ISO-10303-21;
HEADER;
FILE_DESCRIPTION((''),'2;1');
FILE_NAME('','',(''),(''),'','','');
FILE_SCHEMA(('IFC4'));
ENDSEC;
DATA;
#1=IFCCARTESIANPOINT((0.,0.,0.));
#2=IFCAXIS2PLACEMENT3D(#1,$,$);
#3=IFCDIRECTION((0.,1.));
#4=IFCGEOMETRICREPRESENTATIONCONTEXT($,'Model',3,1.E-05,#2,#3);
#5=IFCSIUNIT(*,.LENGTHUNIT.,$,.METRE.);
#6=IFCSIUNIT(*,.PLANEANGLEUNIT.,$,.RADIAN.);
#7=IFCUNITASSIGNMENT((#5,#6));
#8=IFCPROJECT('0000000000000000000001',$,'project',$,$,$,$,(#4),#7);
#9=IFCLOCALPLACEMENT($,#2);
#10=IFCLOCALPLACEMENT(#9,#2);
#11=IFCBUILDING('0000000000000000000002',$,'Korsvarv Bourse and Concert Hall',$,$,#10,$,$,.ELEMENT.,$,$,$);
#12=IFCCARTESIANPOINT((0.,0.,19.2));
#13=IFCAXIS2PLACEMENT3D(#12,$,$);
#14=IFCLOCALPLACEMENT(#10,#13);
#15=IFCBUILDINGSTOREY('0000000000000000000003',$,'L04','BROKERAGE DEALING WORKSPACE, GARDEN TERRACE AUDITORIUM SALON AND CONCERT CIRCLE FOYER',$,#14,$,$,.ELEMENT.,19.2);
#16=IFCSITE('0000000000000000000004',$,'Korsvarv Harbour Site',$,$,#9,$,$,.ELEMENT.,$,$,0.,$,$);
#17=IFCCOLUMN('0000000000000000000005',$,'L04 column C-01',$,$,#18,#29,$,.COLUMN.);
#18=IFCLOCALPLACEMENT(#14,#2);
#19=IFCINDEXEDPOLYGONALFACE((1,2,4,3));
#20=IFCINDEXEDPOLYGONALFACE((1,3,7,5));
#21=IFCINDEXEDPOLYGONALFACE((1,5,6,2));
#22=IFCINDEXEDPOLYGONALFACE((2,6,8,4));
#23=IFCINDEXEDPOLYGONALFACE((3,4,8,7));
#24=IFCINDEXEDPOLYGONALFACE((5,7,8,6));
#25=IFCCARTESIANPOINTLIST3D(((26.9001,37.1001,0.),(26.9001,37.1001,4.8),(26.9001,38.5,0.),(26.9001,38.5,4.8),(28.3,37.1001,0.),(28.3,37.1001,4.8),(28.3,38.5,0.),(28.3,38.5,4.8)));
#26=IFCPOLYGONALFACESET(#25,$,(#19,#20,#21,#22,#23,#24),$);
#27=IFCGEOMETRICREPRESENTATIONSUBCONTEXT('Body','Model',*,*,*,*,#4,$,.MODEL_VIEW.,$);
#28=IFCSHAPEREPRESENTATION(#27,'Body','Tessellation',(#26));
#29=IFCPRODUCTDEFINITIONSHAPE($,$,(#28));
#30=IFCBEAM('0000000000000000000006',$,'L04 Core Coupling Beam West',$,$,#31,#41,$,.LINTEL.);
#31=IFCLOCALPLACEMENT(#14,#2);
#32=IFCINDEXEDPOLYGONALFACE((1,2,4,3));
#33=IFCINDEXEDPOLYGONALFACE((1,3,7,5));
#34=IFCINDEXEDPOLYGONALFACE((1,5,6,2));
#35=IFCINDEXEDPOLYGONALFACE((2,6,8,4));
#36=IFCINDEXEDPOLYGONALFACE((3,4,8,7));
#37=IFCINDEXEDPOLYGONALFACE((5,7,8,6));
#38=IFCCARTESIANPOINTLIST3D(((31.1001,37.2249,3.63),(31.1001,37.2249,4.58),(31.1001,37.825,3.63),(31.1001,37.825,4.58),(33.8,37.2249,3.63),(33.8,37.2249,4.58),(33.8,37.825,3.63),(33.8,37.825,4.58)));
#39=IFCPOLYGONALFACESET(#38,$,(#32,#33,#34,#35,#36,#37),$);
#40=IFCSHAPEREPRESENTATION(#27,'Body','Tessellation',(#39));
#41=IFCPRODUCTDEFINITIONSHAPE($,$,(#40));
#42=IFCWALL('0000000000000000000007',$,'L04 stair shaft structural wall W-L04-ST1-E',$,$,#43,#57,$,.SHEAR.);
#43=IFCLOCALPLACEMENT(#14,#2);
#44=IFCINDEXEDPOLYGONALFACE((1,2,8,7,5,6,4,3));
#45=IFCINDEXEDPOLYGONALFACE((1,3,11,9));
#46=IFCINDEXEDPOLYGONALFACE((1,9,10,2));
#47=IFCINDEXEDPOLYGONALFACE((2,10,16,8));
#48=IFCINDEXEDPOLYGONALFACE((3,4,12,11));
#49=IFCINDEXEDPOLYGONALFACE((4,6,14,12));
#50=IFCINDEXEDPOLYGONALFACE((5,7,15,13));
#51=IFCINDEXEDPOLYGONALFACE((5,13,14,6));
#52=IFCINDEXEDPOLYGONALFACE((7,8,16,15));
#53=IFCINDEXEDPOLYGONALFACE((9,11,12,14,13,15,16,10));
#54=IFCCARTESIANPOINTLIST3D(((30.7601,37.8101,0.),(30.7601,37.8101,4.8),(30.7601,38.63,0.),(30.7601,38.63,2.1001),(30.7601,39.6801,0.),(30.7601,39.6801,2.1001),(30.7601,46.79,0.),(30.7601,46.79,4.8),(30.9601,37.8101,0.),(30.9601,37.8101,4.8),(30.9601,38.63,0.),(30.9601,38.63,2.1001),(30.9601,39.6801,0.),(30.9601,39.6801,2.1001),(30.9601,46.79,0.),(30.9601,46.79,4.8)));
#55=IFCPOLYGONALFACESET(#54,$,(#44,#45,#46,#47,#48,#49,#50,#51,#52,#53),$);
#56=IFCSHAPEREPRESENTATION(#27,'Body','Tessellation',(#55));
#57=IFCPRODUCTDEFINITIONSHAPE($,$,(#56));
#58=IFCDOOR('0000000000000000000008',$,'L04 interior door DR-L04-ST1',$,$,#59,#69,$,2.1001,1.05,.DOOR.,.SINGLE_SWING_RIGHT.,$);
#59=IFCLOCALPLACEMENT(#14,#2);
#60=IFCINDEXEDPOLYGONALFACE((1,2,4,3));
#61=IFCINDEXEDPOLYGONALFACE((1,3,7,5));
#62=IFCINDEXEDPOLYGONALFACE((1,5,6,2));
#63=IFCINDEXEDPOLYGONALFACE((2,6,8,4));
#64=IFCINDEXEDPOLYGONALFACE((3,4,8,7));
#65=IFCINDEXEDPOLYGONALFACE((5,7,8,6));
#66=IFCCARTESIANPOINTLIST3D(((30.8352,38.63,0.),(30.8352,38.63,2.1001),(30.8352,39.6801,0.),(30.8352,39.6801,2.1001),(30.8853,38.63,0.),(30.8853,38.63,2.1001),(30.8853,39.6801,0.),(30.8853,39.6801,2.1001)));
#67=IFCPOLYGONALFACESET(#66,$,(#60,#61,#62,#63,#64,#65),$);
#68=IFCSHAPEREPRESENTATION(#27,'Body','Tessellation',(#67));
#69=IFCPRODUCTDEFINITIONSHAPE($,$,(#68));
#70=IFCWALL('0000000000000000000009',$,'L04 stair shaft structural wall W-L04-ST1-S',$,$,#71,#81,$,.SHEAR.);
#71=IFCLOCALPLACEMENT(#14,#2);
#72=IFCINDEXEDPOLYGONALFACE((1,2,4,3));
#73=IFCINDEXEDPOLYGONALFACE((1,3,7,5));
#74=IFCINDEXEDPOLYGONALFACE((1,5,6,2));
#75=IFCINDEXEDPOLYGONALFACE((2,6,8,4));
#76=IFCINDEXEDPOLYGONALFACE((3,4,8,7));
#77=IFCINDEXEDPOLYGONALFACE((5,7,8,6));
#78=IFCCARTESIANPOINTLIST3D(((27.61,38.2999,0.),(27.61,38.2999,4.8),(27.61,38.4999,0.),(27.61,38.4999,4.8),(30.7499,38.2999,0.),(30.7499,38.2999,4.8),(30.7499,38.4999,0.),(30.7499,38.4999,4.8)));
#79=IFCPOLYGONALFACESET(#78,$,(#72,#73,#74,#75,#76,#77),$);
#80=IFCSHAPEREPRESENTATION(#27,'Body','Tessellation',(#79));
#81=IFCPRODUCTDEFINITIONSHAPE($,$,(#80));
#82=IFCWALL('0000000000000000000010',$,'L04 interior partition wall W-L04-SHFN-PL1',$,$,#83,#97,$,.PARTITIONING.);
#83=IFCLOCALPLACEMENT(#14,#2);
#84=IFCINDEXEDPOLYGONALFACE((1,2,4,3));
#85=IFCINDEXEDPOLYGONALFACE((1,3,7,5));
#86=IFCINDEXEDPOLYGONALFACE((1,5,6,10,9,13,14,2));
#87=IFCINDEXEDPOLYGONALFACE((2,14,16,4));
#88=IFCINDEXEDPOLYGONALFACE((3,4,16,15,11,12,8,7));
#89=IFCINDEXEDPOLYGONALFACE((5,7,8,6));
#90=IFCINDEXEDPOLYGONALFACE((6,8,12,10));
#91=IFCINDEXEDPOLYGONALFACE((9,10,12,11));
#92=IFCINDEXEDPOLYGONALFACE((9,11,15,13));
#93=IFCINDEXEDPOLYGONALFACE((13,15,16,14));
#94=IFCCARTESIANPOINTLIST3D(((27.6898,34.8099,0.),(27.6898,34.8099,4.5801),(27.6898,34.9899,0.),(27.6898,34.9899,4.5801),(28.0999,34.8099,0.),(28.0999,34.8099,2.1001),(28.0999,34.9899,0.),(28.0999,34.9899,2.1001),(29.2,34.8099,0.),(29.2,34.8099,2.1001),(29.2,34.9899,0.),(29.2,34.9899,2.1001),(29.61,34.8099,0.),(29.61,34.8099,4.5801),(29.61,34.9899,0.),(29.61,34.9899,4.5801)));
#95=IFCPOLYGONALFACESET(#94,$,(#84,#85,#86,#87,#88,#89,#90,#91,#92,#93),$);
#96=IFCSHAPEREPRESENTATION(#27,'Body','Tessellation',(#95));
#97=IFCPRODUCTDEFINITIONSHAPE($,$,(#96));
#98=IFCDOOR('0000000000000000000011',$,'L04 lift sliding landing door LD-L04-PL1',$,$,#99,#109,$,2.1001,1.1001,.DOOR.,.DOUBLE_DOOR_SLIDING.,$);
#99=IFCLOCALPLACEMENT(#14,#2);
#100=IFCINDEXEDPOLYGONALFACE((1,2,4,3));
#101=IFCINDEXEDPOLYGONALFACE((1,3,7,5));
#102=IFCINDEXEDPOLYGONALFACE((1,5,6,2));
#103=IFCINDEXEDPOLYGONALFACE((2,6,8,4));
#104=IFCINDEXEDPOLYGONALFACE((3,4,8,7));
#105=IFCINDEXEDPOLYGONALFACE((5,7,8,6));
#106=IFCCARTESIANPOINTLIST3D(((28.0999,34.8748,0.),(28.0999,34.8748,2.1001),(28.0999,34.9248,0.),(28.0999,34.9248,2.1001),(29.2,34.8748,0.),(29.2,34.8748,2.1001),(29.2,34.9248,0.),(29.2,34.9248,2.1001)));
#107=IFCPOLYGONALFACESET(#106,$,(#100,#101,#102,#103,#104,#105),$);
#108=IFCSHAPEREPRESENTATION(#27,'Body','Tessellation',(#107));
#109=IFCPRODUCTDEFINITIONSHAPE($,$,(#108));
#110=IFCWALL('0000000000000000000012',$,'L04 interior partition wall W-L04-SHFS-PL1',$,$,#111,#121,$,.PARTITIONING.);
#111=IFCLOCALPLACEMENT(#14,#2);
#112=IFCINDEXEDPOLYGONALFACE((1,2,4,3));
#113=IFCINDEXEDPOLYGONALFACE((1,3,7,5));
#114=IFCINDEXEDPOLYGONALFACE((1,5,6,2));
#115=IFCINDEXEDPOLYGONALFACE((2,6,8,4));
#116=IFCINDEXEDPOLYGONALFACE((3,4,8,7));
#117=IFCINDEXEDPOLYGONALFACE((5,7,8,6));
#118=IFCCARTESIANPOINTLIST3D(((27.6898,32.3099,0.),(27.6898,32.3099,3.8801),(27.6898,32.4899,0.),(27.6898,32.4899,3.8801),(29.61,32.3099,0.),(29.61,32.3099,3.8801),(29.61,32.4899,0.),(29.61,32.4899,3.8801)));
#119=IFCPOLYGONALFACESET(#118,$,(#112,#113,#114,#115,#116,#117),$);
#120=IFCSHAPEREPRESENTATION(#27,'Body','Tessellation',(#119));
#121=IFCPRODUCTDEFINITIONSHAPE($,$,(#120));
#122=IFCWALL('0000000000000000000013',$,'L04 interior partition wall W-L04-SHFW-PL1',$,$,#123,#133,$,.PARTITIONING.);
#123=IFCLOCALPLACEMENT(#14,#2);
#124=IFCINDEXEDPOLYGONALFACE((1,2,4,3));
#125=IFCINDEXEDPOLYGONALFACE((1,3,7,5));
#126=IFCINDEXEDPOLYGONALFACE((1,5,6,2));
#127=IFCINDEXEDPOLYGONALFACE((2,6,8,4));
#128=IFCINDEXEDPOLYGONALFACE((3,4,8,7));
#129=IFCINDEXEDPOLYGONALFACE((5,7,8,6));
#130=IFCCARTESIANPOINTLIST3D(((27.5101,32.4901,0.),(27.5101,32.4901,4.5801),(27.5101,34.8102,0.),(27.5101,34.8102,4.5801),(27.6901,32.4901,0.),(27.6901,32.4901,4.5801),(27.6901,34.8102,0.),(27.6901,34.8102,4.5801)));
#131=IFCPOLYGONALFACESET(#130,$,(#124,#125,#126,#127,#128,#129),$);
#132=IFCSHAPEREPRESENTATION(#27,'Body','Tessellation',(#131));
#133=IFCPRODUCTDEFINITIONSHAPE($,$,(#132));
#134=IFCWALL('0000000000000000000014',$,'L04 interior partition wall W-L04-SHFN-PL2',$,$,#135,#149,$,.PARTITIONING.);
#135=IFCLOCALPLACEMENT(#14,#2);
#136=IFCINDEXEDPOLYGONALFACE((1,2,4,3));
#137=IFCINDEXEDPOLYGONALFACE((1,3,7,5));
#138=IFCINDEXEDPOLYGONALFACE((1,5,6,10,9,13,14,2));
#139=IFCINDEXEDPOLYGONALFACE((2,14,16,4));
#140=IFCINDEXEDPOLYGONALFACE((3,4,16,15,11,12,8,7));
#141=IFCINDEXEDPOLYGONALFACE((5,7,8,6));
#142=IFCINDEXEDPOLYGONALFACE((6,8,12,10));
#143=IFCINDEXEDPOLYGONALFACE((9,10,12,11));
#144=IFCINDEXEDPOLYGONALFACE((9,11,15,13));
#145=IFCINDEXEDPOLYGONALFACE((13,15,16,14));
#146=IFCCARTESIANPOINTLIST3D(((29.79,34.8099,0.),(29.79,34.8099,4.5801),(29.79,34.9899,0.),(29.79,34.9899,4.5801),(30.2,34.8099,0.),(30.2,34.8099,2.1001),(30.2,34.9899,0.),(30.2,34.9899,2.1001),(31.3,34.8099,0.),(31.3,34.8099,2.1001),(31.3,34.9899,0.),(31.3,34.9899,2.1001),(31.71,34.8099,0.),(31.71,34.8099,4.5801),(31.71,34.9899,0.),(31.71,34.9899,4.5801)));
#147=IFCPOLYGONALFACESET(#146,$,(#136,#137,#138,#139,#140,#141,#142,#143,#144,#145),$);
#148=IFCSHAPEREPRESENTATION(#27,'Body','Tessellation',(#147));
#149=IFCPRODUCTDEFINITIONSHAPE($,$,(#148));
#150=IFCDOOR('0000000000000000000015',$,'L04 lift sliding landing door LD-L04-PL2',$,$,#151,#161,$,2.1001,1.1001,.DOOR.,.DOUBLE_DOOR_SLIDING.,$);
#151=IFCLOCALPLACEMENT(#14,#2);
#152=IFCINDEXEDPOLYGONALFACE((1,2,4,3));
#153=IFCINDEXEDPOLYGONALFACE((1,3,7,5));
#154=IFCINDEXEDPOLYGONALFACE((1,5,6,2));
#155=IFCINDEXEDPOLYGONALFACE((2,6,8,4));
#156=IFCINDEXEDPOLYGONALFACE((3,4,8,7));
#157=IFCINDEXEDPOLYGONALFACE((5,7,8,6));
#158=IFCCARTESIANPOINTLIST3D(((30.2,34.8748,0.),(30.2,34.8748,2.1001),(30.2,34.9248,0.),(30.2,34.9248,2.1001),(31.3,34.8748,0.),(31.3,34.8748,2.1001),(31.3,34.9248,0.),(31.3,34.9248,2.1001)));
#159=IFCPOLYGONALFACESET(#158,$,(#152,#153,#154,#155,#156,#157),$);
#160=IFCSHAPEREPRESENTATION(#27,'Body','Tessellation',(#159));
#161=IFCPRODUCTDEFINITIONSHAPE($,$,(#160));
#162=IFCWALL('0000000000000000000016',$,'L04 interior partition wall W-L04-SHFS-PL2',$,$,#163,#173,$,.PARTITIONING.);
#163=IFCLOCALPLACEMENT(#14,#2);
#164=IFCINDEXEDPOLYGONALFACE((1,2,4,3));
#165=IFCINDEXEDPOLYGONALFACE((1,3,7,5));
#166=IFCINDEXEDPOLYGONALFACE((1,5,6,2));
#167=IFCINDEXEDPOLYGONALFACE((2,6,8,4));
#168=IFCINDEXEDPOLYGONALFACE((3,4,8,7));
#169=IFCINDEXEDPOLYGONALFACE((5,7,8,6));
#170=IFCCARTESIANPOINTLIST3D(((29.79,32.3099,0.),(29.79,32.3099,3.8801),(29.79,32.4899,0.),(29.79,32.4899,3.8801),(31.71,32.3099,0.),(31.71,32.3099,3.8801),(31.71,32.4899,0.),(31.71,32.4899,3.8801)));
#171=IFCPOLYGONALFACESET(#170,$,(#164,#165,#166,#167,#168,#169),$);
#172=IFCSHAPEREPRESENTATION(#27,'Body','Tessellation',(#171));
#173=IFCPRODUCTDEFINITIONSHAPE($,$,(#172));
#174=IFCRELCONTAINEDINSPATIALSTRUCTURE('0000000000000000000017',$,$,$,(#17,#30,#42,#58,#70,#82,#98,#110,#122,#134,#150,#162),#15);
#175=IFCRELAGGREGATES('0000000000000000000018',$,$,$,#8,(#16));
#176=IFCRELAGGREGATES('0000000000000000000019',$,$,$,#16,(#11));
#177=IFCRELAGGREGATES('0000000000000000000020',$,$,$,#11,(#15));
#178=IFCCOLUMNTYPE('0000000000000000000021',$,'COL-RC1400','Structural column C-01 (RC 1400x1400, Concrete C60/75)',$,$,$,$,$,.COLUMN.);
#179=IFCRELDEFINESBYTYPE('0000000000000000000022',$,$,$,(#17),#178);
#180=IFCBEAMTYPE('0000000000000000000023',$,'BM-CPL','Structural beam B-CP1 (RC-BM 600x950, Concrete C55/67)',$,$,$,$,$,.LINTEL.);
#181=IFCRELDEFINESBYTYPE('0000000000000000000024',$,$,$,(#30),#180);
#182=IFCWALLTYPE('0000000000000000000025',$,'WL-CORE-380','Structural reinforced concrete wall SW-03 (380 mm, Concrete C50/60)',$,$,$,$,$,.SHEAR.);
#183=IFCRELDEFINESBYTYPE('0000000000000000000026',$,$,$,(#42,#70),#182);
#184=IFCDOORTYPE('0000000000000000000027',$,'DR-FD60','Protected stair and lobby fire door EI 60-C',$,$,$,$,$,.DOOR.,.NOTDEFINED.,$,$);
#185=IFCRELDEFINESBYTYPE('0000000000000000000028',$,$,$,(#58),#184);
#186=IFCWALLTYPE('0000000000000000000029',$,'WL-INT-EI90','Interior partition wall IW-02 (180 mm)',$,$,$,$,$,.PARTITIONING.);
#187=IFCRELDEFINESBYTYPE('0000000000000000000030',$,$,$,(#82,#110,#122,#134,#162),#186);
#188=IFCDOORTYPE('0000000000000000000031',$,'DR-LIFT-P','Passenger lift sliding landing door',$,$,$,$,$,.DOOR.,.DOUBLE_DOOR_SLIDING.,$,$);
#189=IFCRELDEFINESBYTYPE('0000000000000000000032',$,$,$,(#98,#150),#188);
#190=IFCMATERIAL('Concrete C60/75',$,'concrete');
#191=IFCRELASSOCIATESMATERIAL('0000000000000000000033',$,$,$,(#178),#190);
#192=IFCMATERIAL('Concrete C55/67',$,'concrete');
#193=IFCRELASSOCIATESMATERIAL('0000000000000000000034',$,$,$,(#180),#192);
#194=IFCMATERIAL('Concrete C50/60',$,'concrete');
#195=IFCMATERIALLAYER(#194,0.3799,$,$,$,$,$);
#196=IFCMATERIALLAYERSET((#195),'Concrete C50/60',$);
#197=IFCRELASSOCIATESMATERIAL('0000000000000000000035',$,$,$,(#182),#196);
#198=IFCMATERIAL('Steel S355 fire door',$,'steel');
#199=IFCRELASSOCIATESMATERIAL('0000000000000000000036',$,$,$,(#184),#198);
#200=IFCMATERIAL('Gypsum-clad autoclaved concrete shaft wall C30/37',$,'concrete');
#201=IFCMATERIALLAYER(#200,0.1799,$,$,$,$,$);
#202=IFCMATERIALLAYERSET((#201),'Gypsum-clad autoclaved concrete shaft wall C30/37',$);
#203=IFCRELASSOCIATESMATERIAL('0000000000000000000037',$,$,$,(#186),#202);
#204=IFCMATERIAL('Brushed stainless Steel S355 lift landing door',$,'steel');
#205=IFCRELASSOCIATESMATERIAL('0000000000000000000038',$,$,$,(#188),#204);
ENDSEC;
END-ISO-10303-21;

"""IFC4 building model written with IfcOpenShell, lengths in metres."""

from ifc_helpers import new_model, si_unit, direction, frame, frame_2d, origin, origin_2d, place, context, subcontext, project, spatial, rectangle, extrude, source, transform, mapped, material, layer, layer_set, material_profile, profile_set, type_object, element, fill, save


model = new_model("IFC4")

# Units and contexts
model_context = context("Model", 3, precision=1e-05, world=origin(), true_north=direction((0.0, 1.0)))
body_context = subcontext(model_context, "Body", "Model", "MODEL_VIEW")
ifc_project = project(units=[si_unit("LENGTHUNIT", "METRE"), si_unit("PLANEANGLEUNIT", "RADIAN")], contexts=[model_context])

# Site, building, storey
site_placement = place(None, origin())
site = spatial("IfcSite", under=ifc_project, at=site_placement, Name="Korsvarv Harbour Site", CompositionType="ELEMENT", RefElevation=0.0)
building_placement = place(site_placement, origin())
building = spatial("IfcBuilding", under=site, at=building_placement, Name="Korsvarv Bourse and Concert Hall", CompositionType="ELEMENT")
storey_placement = place(building_placement, frame((0.0, 0.0, 19.2)))
storey = spatial("IfcBuildingStorey", under=building, at=storey_placement, Name="L04", Description="BROKERAGE DEALING WORKSPACE, GARDEN TERRACE AUDITORIUM SALON AND CONCERT CIRCLE FOYER", CompositionType="ELEMENT", Elevation=19.2)

# Column
ifc_material_1 = material(Name="Concrete C60/75", Category="concrete")
ifc_material_profile_1 = material_profile(ifc_material_1, rectangle(XDim=1.3999, YDim=1.3999, at=origin_2d()), Name="RC 1400x1400")
ifc_profile_set_1 = profile_set([ifc_material_profile_1], Name="Concrete C60/75")
column_type = type_object("IfcColumnType", Name="COL-RC1400", Description="Structural column C-01 (RC 1400x1400, Concrete C60/75)", PredefinedType="COLUMN", material=ifc_profile_set_1)
shared_shape_1 = source(origin(), body_context, "Body", "SweptSolid", [
    extrude(rectangle(XDim=1.3999, YDim=1.3999, at=origin_2d()), origin(), (0.0, 0.0, 1.0), 4.8),
])
column_placement = place(storey_placement, frame((27.6001, 37.8, 0.0), z_axis=(0.0, 0.0, 1.0), x_axis=(1.0, 0.0, 0.0)))
element("IfcColumn", 1, at=column_placement, inside=storey, type_object=column_type, Name="L04 column C-01", PredefinedType="COLUMN", context=body_context, shape_type="MappedRepresentation", body=[
    mapped(shared_shape_1, transform((0.0, 0.0, 0.0), scale=1.0)),
])

# Beam
ifc_material_2 = material(Name="Concrete C55/67", Category="concrete")
ifc_material_profile_2 = material_profile(ifc_material_2, rectangle(XDim=0.6001, YDim=0.95, at=origin_2d()), Name="RC-BM 600x950")
ifc_profile_set_2 = profile_set([ifc_material_profile_2], Name="Concrete C55/67")
beam_type = type_object("IfcBeamType", Name="BM-CPL", Description="Structural beam B-CP1 (RC-BM 600x950, Concrete C55/67)", PredefinedType="LINTEL", material=ifc_profile_set_2)
shared_shape_2 = source(origin(), body_context, "Body", "SweptSolid", [
    extrude(rectangle(XDim=0.6001, YDim=0.95, at=origin_2d()), origin(), (0.0, 0.0, 1.0), 2.7),
])
beam_placement = place(storey_placement, frame((31.1001, 37.5249, 4.105), z_axis=(1.0, 0.0, 0.0), x_axis=(0.0, 1.0, 0.0)))
element("IfcBeam", 2, at=beam_placement, inside=storey, type_object=beam_type, Name="L04 Core Coupling Beam West", PredefinedType="LINTEL", context=body_context, shape_type="MappedRepresentation", body=[
    mapped(shared_shape_2, transform((0.0, 0.0, 0.0), scale=1.0)),
])

# Wall, opening, door
ifc_material_3 = material(Name="Concrete C50/60", Category="concrete")
ifc_layer_1 = layer(ifc_material_3, 0.3799)
ifc_layer_set_1 = layer_set([ifc_layer_1], Name="Concrete C50/60")
wall_type_1 = type_object("IfcWallType", Name="WL-CORE-380", Description="Structural reinforced concrete wall SW-03 (380 mm, Concrete C50/60)", PredefinedType="SHEAR", material=ifc_layer_set_1)
wall_1_placement = place(storey_placement, frame((30.8601, 37.8101, 0.0), z_axis=(0.0, 0.0, 1.0), x_axis=(0.0, 1.0, 0.0)))
wall_1 = element("IfcWall", 3, at=wall_1_placement, inside=storey, type_object=wall_type_1, Name="L04 stair shaft structural wall W-L04-ST1-E", PredefinedType="SHEAR", context=body_context, shape_type="SweptSolid", body=[
    extrude(rectangle(XDim=8.98, YDim=0.2, at=frame_2d((4.49, 0.0))), origin(), (0.0, 0.0, 1.0), 4.8),
])
opening_1_placement = place(wall_1_placement, frame((0.8201, 0.0, 0.0)))
opening_1 = element("IfcOpeningElement", 4, at=opening_1_placement, cuts=wall_1, PredefinedType="OPENING", context=body_context, shape_type="SweptSolid", body=[
    extrude(rectangle(XDim=1.05, YDim=2.1001, at=frame_2d((0.5249, 1.05))), frame((0.0, 0.1099, 0.0), z_axis=(0.0, -1.0, 0.0), x_axis=(1.0, 0.0, 0.0)), (0.0, 0.0, 1.0), 0.22),
])
ifc_material_4 = material(Name="Steel S355 fire door", Category="steel")
door_type_1 = type_object("IfcDoorType", Name="DR-FD60", Description="Protected stair and lobby fire door EI 60-C", OperationType="NOTDEFINED", PredefinedType="DOOR", material=ifc_material_4)
door_1_placement = place(opening_1_placement, origin())
door_1 = element("IfcDoor", 5, at=door_1_placement, inside=storey, type_object=door_type_1, Name="L04 interior door DR-L04-ST1", OperationType="SINGLE_SWING_RIGHT", OverallHeight=2.1001, OverallWidth=1.05, PredefinedType="DOOR", context=body_context, shape_type="SweptSolid", body=[
    extrude(rectangle(XDim=1.05, YDim=2.1001, at=frame_2d((0.5249, 1.05))), frame((0.0, 0.0249, 0.0), z_axis=(0.0, -1.0, 0.0), x_axis=(1.0, 0.0, 0.0)), (0.0, 0.0, 1.0), 0.05),
])
fill(opening_1, door_1)

# Wall
wall_2_placement = place(storey_placement, frame((27.6101, 38.3999, 0.0), z_axis=(0.0, 0.0, 1.0), x_axis=(1.0, 0.0, 0.0)))
element("IfcWall", 6, at=wall_2_placement, inside=storey, type_object=wall_type_1, Name="L04 stair shaft structural wall W-L04-ST1-S", PredefinedType="SHEAR", context=body_context, shape_type="SweptSolid", body=[
    extrude(rectangle(XDim=3.1399, YDim=0.2, at=frame_2d((1.5698, 0.0))), origin(), (0.0, 0.0, 1.0), 4.8),
])

# Wall, opening, door
ifc_material_5 = material(Name="Gypsum-clad autoclaved concrete shaft wall C30/37", Category="concrete")
ifc_layer_2 = layer(ifc_material_5, 0.1799)
ifc_layer_set_2 = layer_set([ifc_layer_2], Name="Gypsum-clad autoclaved concrete shaft wall C30/37")
wall_type_2 = type_object("IfcWallType", Name="WL-INT-EI90", Description="Interior partition wall IW-02 (180 mm)", PredefinedType="PARTITIONING", material=ifc_layer_set_2)
wall_3_placement = place(storey_placement, frame((27.6899, 34.8999, 0.0), z_axis=(0.0, 0.0, 1.0), x_axis=(1.0, 0.0, 0.0)))
wall_3 = element("IfcWall", 7, at=wall_3_placement, inside=storey, type_object=wall_type_2, Name="L04 interior partition wall W-L04-SHFN-PL1", PredefinedType="PARTITIONING", context=body_context, shape_type="SweptSolid", body=[
    extrude(rectangle(XDim=1.9202, YDim=0.1799, at=frame_2d((0.96, 0.0))), origin(), (0.0, 0.0, 1.0), 4.5801),
])
opening_2_placement = place(wall_3_placement, frame((0.4099, 0.0, 0.0)))
opening_2 = element("IfcOpeningElement", 8, at=opening_2_placement, cuts=wall_3, PredefinedType="OPENING", context=body_context, shape_type="SweptSolid", body=[
    extrude(rectangle(XDim=1.1001, YDim=2.1001, at=frame_2d((0.55, 1.05))), frame((0.0, 0.1001, 0.0), z_axis=(0.0, -1.0, 0.0), x_axis=(1.0, 0.0, 0.0)), (0.0, 0.0, 1.0), 0.2),
])
ifc_material_6 = material(Name="Brushed stainless Steel S355 lift landing door", Category="steel")
door_type_2 = type_object("IfcDoorType", Name="DR-LIFT-P", Description="Passenger lift sliding landing door", OperationType="DOUBLE_DOOR_SLIDING", PredefinedType="DOOR", material=ifc_material_6)
door_2_placement = place(opening_2_placement, origin())
door_2 = element("IfcDoor", 9, at=door_2_placement, inside=storey, type_object=door_type_2, Name="L04 lift sliding landing door LD-L04-PL1", OperationType="DOUBLE_DOOR_SLIDING", OverallHeight=2.1001, OverallWidth=1.1001, PredefinedType="DOOR", context=body_context, shape_type="SweptSolid", body=[
    extrude(rectangle(XDim=1.1001, YDim=2.1001, at=frame_2d((0.55, 1.05))), frame((0.0, 0.0249, 0.0), z_axis=(0.0, -1.0, 0.0), x_axis=(1.0, 0.0, 0.0)), (0.0, 0.0, 1.0), 0.05),
])
fill(opening_2, door_2)

# Walls
wall_4_placement = place(storey_placement, frame((27.6899, 32.3999, 0.0), z_axis=(0.0, 0.0, 1.0), x_axis=(1.0, 0.0, 0.0)))
element("IfcWall", 10, at=wall_4_placement, inside=storey, type_object=wall_type_2, Name="L04 interior partition wall W-L04-SHFS-PL1", PredefinedType="PARTITIONING", context=body_context, shape_type="SweptSolid", body=[
    extrude(rectangle(XDim=1.9202, YDim=0.1799, at=frame_2d((0.96, 0.0))), origin(), (0.0, 0.0, 1.0), 3.8801),
])
wall_5_placement = place(storey_placement, frame((27.6001, 32.49, 0.0), z_axis=(0.0, 0.0, 1.0), x_axis=(0.0, 1.0, 0.0)))
element("IfcWall", 11, at=wall_5_placement, inside=storey, type_object=wall_type_2, Name="L04 interior partition wall W-L04-SHFW-PL1", PredefinedType="PARTITIONING", context=body_context, shape_type="SweptSolid", body=[
    extrude(rectangle(XDim=2.3201, YDim=0.1799, at=frame_2d((1.1602, 0.0))), origin(), (0.0, 0.0, 1.0), 4.5801),
])

# Wall, opening, door
wall_6_placement = place(storey_placement, frame((29.79, 34.8999, 0.0), z_axis=(0.0, 0.0, 1.0), x_axis=(1.0, 0.0, 0.0)))
wall_6 = element("IfcWall", 12, at=wall_6_placement, inside=storey, type_object=wall_type_2, Name="L04 interior partition wall W-L04-SHFN-PL2", PredefinedType="PARTITIONING", context=body_context, shape_type="SweptSolid", body=[
    extrude(rectangle(XDim=1.9199, YDim=0.1799, at=frame_2d((0.96, 0.0))), origin(), (0.0, 0.0, 1.0), 4.5801),
])
opening_3_placement = place(wall_6_placement, frame((0.4099, 0.0, 0.0)))
opening_3 = element("IfcOpeningElement", 13, at=opening_3_placement, cuts=wall_6, PredefinedType="OPENING", context=body_context, shape_type="SweptSolid", body=[
    extrude(rectangle(XDim=1.1001, YDim=2.1001, at=frame_2d((0.55, 1.05))), frame((0.0, 0.1001, 0.0), z_axis=(0.0, -1.0, 0.0), x_axis=(1.0, 0.0, 0.0)), (0.0, 0.0, 1.0), 0.2),
])
door_3_placement = place(opening_3_placement, origin())
door_3 = element("IfcDoor", 14, at=door_3_placement, inside=storey, type_object=door_type_2, Name="L04 lift sliding landing door LD-L04-PL2", OperationType="DOUBLE_DOOR_SLIDING", OverallHeight=2.1001, OverallWidth=1.1001, PredefinedType="DOOR", context=body_context, shape_type="SweptSolid", body=[
    extrude(rectangle(XDim=1.1001, YDim=2.1001, at=frame_2d((0.55, 1.05))), frame((0.0, 0.0249, 0.0), z_axis=(0.0, -1.0, 0.0), x_axis=(1.0, 0.0, 0.0)), (0.0, 0.0, 1.0), 0.05),
])
fill(opening_3, door_3)

# Wall
wall_7_placement = place(storey_placement, frame((29.79, 32.3999, 0.0), z_axis=(0.0, 0.0, 1.0), x_axis=(1.0, 0.0, 0.0)))
element("IfcWall", 15, at=wall_7_placement, inside=storey, type_object=wall_type_2, Name="L04 interior partition wall W-L04-SHFS-PL2", PredefinedType="PARTITIONING", context=body_context, shape_type="SweptSolid", body=[
    extrude(rectangle(XDim=1.9199, YDim=0.1799, at=frame_2d((0.96, 0.0))), origin(), (0.0, 0.0, 1.0), 3.8801),
])

save(model, "model.ifc")
